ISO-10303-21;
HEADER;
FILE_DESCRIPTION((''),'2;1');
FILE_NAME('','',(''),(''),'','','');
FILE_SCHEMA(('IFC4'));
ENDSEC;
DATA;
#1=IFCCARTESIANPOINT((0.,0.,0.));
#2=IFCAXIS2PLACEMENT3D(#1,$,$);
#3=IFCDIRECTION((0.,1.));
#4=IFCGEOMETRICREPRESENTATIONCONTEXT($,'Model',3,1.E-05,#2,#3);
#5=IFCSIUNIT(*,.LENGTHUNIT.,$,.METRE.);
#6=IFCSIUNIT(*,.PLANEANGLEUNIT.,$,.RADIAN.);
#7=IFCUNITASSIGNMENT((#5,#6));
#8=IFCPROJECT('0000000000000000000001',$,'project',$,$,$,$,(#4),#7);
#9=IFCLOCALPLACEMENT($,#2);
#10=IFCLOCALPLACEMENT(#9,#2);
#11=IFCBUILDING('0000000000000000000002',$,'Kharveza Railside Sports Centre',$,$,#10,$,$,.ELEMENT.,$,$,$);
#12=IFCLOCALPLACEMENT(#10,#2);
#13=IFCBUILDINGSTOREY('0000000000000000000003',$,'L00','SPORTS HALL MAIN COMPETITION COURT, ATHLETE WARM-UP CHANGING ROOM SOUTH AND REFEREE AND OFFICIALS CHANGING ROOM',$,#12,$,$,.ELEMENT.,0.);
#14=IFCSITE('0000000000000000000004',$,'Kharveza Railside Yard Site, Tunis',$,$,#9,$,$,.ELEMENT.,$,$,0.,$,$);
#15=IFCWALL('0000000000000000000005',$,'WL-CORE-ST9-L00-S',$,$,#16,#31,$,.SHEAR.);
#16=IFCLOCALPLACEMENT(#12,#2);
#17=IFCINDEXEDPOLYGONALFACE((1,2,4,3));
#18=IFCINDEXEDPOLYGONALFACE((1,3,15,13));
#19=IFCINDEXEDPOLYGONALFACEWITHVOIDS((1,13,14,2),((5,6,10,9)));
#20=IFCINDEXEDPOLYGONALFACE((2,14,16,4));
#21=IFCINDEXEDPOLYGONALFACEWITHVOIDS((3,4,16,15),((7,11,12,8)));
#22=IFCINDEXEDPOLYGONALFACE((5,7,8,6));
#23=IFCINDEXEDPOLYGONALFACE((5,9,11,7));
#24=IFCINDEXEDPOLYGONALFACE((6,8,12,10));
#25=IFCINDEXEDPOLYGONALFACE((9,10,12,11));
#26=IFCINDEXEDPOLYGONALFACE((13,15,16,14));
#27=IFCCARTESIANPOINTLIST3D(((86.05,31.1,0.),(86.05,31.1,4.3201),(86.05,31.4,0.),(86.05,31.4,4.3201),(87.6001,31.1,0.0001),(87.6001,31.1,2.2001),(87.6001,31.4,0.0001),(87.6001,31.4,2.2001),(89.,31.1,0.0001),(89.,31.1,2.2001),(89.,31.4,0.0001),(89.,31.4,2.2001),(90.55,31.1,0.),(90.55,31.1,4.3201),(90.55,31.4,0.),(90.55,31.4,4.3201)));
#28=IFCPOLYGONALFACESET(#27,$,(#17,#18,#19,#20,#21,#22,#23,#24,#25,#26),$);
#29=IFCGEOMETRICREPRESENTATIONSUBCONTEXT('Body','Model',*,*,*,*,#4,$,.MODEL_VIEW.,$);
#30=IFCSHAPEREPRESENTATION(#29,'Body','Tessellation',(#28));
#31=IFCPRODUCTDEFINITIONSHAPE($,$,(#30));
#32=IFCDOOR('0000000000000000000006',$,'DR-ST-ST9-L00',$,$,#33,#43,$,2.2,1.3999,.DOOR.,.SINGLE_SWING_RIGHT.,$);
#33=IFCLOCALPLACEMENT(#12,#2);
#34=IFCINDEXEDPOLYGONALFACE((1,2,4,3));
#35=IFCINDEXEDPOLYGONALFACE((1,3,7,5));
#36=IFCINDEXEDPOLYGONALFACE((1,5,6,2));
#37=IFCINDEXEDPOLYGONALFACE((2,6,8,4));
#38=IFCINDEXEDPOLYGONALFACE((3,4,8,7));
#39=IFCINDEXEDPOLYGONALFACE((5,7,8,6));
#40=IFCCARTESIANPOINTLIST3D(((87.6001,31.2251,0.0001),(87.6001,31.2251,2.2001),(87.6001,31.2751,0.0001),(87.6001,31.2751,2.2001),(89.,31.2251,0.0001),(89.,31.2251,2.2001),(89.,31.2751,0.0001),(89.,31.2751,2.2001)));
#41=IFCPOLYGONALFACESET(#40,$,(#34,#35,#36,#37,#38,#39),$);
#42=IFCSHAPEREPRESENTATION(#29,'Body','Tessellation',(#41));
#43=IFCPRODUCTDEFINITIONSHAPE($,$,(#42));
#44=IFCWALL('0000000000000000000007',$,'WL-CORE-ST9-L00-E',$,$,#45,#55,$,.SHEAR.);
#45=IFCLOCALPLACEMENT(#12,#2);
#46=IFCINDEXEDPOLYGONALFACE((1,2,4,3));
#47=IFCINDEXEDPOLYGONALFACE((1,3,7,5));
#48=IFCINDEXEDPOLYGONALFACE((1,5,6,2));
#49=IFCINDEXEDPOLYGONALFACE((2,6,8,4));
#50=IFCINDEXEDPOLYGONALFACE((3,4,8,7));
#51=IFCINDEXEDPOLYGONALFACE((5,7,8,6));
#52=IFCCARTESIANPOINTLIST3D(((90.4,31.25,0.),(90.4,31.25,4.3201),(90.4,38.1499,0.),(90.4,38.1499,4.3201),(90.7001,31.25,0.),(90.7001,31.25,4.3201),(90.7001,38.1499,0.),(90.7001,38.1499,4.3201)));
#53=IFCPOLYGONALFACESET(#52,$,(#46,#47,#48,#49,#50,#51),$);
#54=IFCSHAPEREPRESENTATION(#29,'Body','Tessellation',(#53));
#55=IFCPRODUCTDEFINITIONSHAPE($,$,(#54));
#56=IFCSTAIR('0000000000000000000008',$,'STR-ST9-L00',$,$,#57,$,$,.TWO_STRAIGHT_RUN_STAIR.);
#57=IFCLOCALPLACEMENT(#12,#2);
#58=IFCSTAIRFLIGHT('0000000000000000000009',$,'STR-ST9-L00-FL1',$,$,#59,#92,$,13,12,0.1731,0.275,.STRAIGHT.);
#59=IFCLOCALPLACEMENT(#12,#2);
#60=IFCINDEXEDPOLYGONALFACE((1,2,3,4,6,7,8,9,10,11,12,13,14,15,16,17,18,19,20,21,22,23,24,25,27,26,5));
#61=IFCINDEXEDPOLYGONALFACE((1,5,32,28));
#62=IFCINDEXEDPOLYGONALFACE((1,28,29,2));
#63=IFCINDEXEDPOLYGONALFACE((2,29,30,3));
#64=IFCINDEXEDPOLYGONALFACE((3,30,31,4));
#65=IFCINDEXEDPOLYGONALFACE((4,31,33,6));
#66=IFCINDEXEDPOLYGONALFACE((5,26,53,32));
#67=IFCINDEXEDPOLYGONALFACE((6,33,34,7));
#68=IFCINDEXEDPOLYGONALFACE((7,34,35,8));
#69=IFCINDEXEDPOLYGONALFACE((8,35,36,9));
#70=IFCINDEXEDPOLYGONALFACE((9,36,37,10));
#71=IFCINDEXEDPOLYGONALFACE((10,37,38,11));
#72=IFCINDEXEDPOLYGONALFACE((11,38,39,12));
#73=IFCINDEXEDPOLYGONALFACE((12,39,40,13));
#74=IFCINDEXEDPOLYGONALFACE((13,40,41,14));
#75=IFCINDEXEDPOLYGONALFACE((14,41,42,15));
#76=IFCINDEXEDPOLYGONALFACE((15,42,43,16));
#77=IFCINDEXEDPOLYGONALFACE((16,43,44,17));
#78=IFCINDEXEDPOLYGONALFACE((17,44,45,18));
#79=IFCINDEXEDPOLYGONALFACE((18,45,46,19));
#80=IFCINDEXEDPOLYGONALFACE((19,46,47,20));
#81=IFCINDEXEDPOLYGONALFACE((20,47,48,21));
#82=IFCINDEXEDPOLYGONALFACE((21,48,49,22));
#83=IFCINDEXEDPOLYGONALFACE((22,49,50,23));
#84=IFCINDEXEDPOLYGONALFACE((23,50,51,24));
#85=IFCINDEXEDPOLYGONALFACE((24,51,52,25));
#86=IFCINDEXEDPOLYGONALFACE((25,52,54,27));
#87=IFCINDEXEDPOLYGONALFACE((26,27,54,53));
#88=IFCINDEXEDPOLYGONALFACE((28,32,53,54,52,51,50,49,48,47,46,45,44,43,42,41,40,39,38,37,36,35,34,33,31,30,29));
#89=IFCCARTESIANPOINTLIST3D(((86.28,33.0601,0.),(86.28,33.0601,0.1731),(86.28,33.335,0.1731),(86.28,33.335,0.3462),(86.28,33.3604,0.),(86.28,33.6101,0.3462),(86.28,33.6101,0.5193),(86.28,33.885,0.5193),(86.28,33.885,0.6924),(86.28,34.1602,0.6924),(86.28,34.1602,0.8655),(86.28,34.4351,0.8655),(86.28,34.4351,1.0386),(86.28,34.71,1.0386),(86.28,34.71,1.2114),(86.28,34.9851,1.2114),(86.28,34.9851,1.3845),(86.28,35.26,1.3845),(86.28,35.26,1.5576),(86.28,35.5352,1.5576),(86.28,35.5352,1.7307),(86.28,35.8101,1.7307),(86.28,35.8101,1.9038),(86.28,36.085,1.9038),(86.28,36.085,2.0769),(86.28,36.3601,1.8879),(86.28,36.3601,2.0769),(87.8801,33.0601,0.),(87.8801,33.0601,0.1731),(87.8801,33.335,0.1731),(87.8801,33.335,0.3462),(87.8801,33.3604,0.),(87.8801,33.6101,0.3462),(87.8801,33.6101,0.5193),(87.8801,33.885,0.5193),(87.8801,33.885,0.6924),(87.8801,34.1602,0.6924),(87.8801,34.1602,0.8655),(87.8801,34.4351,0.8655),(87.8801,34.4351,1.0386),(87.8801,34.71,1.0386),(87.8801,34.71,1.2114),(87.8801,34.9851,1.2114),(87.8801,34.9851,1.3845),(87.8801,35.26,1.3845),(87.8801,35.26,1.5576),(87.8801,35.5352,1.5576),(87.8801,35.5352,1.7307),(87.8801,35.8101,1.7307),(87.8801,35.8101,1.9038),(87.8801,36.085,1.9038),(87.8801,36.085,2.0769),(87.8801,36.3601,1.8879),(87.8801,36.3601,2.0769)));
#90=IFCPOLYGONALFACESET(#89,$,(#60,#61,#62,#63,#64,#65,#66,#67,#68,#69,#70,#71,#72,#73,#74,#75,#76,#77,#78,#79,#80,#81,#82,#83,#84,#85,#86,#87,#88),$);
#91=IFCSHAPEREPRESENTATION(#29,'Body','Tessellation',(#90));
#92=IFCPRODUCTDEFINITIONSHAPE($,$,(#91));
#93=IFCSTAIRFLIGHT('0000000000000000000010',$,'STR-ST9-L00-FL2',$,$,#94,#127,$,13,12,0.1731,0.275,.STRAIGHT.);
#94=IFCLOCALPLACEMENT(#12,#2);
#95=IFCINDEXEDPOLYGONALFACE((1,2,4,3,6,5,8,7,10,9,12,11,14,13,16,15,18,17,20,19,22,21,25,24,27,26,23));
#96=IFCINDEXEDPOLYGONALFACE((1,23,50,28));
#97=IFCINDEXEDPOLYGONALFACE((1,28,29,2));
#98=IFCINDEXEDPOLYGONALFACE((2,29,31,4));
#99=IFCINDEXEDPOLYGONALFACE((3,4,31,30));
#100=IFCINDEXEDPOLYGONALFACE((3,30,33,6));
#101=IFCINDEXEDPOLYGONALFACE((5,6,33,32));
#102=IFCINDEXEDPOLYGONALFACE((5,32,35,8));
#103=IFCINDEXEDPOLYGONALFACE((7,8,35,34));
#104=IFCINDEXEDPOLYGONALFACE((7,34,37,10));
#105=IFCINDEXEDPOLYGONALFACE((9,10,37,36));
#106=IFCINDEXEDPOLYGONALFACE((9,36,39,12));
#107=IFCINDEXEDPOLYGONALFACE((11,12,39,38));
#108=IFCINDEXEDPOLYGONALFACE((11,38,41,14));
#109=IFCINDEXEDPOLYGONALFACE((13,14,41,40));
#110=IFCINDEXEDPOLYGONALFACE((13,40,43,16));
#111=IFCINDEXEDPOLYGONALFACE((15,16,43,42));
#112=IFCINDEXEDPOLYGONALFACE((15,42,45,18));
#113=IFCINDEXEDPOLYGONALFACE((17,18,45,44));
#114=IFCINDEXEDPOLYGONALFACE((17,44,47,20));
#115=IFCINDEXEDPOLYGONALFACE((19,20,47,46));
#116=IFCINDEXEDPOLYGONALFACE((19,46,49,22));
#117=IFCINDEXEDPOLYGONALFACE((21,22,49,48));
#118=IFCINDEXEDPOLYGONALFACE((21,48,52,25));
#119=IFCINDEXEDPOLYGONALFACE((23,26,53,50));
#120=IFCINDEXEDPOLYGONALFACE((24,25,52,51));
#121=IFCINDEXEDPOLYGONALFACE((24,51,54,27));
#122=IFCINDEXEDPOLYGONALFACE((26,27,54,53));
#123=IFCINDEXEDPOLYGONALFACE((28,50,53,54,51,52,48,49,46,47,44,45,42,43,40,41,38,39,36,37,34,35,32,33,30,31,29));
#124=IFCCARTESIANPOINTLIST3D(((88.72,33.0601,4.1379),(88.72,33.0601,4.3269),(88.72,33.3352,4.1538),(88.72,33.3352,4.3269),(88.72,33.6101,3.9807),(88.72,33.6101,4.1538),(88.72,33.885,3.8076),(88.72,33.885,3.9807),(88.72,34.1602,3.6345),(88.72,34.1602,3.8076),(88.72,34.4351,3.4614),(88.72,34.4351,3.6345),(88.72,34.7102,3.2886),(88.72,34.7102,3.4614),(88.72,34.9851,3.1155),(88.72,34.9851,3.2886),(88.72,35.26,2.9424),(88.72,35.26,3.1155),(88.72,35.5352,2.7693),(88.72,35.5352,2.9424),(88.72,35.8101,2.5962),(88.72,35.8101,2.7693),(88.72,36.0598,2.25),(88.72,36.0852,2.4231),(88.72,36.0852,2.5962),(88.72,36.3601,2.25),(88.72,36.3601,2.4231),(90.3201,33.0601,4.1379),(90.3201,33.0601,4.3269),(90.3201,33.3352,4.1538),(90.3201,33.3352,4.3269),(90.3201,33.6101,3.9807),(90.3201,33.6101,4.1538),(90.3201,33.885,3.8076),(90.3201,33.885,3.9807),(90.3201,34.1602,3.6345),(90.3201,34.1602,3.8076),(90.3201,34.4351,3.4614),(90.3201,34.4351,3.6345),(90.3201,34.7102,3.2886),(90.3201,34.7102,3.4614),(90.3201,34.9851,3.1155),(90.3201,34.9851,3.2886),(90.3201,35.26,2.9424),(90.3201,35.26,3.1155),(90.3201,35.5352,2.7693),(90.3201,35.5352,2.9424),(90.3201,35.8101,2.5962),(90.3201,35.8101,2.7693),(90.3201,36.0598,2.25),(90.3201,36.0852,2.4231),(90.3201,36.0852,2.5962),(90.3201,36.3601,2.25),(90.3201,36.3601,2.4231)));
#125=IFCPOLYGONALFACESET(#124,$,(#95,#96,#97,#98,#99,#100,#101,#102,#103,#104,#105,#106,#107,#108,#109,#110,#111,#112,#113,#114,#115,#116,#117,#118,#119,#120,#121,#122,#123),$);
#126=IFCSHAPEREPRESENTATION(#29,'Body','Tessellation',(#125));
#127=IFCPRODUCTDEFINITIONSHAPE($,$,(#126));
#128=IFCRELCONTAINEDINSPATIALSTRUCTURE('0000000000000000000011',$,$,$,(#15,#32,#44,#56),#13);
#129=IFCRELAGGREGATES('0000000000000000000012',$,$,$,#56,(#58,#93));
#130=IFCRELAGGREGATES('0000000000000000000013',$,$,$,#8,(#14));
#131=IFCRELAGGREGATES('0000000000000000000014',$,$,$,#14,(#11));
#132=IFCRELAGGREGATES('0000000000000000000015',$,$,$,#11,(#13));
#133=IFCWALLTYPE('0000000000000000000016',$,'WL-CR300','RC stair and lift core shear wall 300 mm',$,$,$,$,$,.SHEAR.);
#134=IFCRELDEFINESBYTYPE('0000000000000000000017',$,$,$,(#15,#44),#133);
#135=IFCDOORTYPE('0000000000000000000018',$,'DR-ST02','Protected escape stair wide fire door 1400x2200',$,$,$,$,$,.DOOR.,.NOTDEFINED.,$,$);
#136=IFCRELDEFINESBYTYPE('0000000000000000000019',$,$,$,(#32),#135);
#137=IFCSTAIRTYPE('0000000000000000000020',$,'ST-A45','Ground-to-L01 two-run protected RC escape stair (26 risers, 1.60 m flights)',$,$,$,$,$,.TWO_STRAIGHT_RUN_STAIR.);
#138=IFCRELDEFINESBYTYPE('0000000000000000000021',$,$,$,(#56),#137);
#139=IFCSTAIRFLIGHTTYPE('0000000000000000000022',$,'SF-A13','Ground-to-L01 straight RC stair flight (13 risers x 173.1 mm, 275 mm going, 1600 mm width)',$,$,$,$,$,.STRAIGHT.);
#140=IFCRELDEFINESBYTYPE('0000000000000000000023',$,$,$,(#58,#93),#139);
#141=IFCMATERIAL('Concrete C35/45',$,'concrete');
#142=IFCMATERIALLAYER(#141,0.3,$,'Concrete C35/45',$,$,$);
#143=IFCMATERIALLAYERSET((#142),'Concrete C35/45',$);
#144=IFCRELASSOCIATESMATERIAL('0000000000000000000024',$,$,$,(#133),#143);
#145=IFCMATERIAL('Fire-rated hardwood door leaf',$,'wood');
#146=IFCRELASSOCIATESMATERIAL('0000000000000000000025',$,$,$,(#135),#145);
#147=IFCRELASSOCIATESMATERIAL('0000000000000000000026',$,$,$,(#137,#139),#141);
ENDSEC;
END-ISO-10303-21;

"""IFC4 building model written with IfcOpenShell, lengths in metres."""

from ifc_helpers import new_model, si_unit, direction, frame, frame_2d, origin, place, context, subcontext, project, spatial, polyline, rectangle, outline, extrude, material, layer, layer_set, type_object, element, fill, aggregate, save


model = new_model("IFC4")

# Units and contexts
model_context = context("Model", 3, precision=1e-05, world=origin(), true_north=direction((0.0, 1.0)))
body_context = subcontext(model_context, "Body", "Model", "MODEL_VIEW")
ifc_project = project(units=[si_unit("LENGTHUNIT", "METRE"), si_unit("PLANEANGLEUNIT", "RADIAN")], contexts=[model_context])

# Site, building, storey
site_placement = place(None, origin())
site = spatial("IfcSite", under=ifc_project, at=site_placement, Name="Kharveza Railside Yard Site, Tunis", CompositionType="ELEMENT", RefElevation=0.0)
building_placement = place(site_placement, origin())
building = spatial("IfcBuilding", under=site, at=building_placement, Name="Kharveza Railside Sports Centre", CompositionType="ELEMENT")
storey_placement = place(building_placement, origin())
storey = spatial("IfcBuildingStorey", under=building, at=storey_placement, Name="L00", Description="SPORTS HALL MAIN COMPETITION COURT, ATHLETE WARM-UP CHANGING ROOM SOUTH AND REFEREE AND OFFICIALS CHANGING ROOM", CompositionType="ELEMENT", Elevation=0.0)

# Shared definitions
ifc_material_1 = material(Name="Concrete C35/45", Category="concrete")

# Wall, opening, door
ifc_layer = layer(ifc_material_1, 0.3, Name="Concrete C35/45")
ifc_layer_set = layer_set([ifc_layer], Name="Concrete C35/45")
wall_type = type_object("IfcWallType", Name="WL-CR300", Description="RC stair and lift core shear wall 300 mm", PredefinedType="SHEAR", material=ifc_layer_set)
wall_1_placement = place(storey_placement, frame((86.05, 31.25, 0.0), z_axis=(0.0, 0.0, 1.0), x_axis=(1.0, 0.0, 0.0)))
wall_1 = element("IfcWall", 1, at=wall_1_placement, inside=storey, type_object=wall_type, Name="WL-CORE-ST9-L00-S", PredefinedType="SHEAR", context=body_context, shape_type="SweptSolid", body=[
    extrude(rectangle(XDim=4.5, YDim=0.3, at=frame_2d((2.25, 0.0))), origin(), (0.0, 0.0, 1.0), 4.3201),
])
opening_placement = place(wall_1_placement, frame((1.55, 0.0, 0.0)))
opening = element("IfcOpeningElement", 2, at=opening_placement, cuts=wall_1, PredefinedType="OPENING", context=body_context, shape_type="SweptSolid", body=[
    extrude(rectangle(XDim=1.3999, YDim=2.2, at=frame_2d((0.7, 1.1001))), frame((0.0, 0.1748, 0.0), z_axis=(0.0, -1.0, 0.0), x_axis=(1.0, 0.0, 0.0)), (0.0, 0.0, 1.0), 0.3499),
])
ifc_material_2 = material(Name="Fire-rated hardwood door leaf", Category="wood")
door_type = type_object("IfcDoorType", Name="DR-ST02", Description="Protected escape stair wide fire door 1400x2200", OperationType="NOTDEFINED", PredefinedType="DOOR", material=ifc_material_2)
door_placement = place(opening_placement, frame((1.3999, 0.0, 0.0), z_axis=(0.0, 0.0, 1.0), x_axis=(-1.0, 0.0, 0.0)))
door = element("IfcDoor", 3, at=door_placement, inside=storey, type_object=door_type, Name="DR-ST-ST9-L00", OperationType="SINGLE_SWING_RIGHT", OverallHeight=2.2, OverallWidth=1.3999, PredefinedType="DOOR", context=body_context, shape_type="SweptSolid", body=[
    extrude(rectangle(XDim=1.3999, YDim=2.2, at=frame_2d((0.7, 1.1001))), frame((0.0, 0.0249, 0.0), z_axis=(0.0, -1.0, 0.0), x_axis=(1.0, 0.0, 0.0)), (0.0, 0.0, 1.0), 0.05),
])
fill(opening, door)

# Wall
wall_2_placement = place(storey_placement, frame((90.55, 31.25, 0.0), z_axis=(0.0, 0.0, 1.0), x_axis=(0.0, 1.0, 0.0)))
element("IfcWall", 4, at=wall_2_placement, inside=storey, type_object=wall_type, Name="WL-CORE-ST9-L00-E", PredefinedType="SHEAR", context=body_context, shape_type="SweptSolid", body=[
    extrude(rectangle(XDim=6.8999, YDim=0.3, at=frame_2d((3.45, 0.0))), origin(), (0.0, 0.0, 1.0), 4.3201),
])

# Stair, stair flights
stair_type = type_object("IfcStairType", Name="ST-A45", Description="Ground-to-L01 two-run protected RC escape stair (26 risers, 1.60 m flights)", PredefinedType="TWO_STRAIGHT_RUN_STAIR", material=ifc_material_1)
stair_placement = place(storey_placement, origin())
stair = element("IfcStair", 5, at=stair_placement, inside=storey, type_object=stair_type, Name="STR-ST9-L00", PredefinedType="TWO_STRAIGHT_RUN_STAIR")
stair_flight_type = type_object("IfcStairFlightType", Name="SF-A13", Description="Ground-to-L01 straight RC stair flight (13 risers x 173.1 mm, 275 mm going, 1600 mm width)", PredefinedType="STRAIGHT", material=ifc_material_1)
stair_flight_1_placement = place(storey_placement, frame((87.0801, 33.0601, 0.0), z_axis=(0.0, 0.0, 1.0), x_axis=(0.0, 1.0, 0.0)))
stair_flight_1 = element("IfcStairFlight", 6, at=stair_flight_1_placement, type_object=stair_flight_type, Name="STR-ST9-L00-FL1", NumberOfRisers=13, NumberOfTreads=12, PredefinedType="STRAIGHT", RiserHeight=0.1731, TreadLength=0.275, context=body_context, shape_type="SweptSolid", body=[
    extrude(outline(polyline([(0.0, 0.0), (0.0, 0.1731), (0.2749, 0.1731), (0.2749, 0.3462), (0.55, 0.3462), (0.55, 0.5193), (0.825, 0.5193), (0.825, 0.6924), (1.1001, 0.6924), (1.1001, 0.8655), (1.375, 0.8655), (1.375, 1.0386), (1.6499, 1.0386), (1.6499, 1.2114), (1.925, 1.2114), (1.925, 1.3845), (2.2, 1.3845), (2.2, 1.5576), (2.4751, 1.5576), (2.4751, 1.7307), (2.75, 1.7307), (2.75, 1.9038), (3.0249, 1.9038), (3.0249, 2.0769), (3.3, 2.0769), (3.3, 2.25), (3.3, 1.8879), (0.3003, 0.0), (0.0, 0.0)])), frame((0.0, 0.8, 0.0), z_axis=(0.0, -1.0, 0.0), x_axis=(1.0, 0.0, 0.0)), (0.0, 0.0, 1.0), 1.6001),
])
stair_flight_2_placement = place(storey_placement, frame((89.52, 36.3601, 2.25), z_axis=(0.0, 0.0, 1.0), x_axis=(0.0, -1.0, 0.0)))
stair_flight_2 = element("IfcStairFlight", 7, at=stair_flight_2_placement, type_object=stair_flight_type, Name="STR-ST9-L00-FL2", NumberOfRisers=13, NumberOfTreads=12, PredefinedType="STRAIGHT", RiserHeight=0.1731, TreadLength=0.275, context=body_context, shape_type="SweptSolid", body=[
    extrude(outline(polyline([(0.0, 0.0), (0.0, 0.1731), (0.2749, 0.1731), (0.2749, 0.3462), (0.55, 0.3462), (0.55, 0.5193), (0.825, 0.5193), (0.825, 0.6924), (1.1001, 0.6924), (1.1001, 0.8655), (1.375, 0.8655), (1.375, 1.0386), (1.6499, 1.0386), (1.6499, 1.2114), (1.925, 1.2114), (1.925, 1.3845), (2.2, 1.3845), (2.2, 1.5576), (2.4751, 1.5576), (2.4751, 1.7307), (2.75, 1.7307), (2.75, 1.9038), (3.0249, 1.9038), (3.0249, 2.0769), (3.3, 2.0769), (3.3, 2.25), (3.3, 1.8879), (0.3003, 0.0), (0.0, 0.0)])), frame((0.0, 0.8, 0.0), z_axis=(0.0, -1.0, 0.0), x_axis=(1.0, 0.0, 0.0)), (0.0, 0.0, 1.0), 1.6001),
])
aggregate(stair, [stair_flight_1, stair_flight_2])

save(model, "model.ifc")
